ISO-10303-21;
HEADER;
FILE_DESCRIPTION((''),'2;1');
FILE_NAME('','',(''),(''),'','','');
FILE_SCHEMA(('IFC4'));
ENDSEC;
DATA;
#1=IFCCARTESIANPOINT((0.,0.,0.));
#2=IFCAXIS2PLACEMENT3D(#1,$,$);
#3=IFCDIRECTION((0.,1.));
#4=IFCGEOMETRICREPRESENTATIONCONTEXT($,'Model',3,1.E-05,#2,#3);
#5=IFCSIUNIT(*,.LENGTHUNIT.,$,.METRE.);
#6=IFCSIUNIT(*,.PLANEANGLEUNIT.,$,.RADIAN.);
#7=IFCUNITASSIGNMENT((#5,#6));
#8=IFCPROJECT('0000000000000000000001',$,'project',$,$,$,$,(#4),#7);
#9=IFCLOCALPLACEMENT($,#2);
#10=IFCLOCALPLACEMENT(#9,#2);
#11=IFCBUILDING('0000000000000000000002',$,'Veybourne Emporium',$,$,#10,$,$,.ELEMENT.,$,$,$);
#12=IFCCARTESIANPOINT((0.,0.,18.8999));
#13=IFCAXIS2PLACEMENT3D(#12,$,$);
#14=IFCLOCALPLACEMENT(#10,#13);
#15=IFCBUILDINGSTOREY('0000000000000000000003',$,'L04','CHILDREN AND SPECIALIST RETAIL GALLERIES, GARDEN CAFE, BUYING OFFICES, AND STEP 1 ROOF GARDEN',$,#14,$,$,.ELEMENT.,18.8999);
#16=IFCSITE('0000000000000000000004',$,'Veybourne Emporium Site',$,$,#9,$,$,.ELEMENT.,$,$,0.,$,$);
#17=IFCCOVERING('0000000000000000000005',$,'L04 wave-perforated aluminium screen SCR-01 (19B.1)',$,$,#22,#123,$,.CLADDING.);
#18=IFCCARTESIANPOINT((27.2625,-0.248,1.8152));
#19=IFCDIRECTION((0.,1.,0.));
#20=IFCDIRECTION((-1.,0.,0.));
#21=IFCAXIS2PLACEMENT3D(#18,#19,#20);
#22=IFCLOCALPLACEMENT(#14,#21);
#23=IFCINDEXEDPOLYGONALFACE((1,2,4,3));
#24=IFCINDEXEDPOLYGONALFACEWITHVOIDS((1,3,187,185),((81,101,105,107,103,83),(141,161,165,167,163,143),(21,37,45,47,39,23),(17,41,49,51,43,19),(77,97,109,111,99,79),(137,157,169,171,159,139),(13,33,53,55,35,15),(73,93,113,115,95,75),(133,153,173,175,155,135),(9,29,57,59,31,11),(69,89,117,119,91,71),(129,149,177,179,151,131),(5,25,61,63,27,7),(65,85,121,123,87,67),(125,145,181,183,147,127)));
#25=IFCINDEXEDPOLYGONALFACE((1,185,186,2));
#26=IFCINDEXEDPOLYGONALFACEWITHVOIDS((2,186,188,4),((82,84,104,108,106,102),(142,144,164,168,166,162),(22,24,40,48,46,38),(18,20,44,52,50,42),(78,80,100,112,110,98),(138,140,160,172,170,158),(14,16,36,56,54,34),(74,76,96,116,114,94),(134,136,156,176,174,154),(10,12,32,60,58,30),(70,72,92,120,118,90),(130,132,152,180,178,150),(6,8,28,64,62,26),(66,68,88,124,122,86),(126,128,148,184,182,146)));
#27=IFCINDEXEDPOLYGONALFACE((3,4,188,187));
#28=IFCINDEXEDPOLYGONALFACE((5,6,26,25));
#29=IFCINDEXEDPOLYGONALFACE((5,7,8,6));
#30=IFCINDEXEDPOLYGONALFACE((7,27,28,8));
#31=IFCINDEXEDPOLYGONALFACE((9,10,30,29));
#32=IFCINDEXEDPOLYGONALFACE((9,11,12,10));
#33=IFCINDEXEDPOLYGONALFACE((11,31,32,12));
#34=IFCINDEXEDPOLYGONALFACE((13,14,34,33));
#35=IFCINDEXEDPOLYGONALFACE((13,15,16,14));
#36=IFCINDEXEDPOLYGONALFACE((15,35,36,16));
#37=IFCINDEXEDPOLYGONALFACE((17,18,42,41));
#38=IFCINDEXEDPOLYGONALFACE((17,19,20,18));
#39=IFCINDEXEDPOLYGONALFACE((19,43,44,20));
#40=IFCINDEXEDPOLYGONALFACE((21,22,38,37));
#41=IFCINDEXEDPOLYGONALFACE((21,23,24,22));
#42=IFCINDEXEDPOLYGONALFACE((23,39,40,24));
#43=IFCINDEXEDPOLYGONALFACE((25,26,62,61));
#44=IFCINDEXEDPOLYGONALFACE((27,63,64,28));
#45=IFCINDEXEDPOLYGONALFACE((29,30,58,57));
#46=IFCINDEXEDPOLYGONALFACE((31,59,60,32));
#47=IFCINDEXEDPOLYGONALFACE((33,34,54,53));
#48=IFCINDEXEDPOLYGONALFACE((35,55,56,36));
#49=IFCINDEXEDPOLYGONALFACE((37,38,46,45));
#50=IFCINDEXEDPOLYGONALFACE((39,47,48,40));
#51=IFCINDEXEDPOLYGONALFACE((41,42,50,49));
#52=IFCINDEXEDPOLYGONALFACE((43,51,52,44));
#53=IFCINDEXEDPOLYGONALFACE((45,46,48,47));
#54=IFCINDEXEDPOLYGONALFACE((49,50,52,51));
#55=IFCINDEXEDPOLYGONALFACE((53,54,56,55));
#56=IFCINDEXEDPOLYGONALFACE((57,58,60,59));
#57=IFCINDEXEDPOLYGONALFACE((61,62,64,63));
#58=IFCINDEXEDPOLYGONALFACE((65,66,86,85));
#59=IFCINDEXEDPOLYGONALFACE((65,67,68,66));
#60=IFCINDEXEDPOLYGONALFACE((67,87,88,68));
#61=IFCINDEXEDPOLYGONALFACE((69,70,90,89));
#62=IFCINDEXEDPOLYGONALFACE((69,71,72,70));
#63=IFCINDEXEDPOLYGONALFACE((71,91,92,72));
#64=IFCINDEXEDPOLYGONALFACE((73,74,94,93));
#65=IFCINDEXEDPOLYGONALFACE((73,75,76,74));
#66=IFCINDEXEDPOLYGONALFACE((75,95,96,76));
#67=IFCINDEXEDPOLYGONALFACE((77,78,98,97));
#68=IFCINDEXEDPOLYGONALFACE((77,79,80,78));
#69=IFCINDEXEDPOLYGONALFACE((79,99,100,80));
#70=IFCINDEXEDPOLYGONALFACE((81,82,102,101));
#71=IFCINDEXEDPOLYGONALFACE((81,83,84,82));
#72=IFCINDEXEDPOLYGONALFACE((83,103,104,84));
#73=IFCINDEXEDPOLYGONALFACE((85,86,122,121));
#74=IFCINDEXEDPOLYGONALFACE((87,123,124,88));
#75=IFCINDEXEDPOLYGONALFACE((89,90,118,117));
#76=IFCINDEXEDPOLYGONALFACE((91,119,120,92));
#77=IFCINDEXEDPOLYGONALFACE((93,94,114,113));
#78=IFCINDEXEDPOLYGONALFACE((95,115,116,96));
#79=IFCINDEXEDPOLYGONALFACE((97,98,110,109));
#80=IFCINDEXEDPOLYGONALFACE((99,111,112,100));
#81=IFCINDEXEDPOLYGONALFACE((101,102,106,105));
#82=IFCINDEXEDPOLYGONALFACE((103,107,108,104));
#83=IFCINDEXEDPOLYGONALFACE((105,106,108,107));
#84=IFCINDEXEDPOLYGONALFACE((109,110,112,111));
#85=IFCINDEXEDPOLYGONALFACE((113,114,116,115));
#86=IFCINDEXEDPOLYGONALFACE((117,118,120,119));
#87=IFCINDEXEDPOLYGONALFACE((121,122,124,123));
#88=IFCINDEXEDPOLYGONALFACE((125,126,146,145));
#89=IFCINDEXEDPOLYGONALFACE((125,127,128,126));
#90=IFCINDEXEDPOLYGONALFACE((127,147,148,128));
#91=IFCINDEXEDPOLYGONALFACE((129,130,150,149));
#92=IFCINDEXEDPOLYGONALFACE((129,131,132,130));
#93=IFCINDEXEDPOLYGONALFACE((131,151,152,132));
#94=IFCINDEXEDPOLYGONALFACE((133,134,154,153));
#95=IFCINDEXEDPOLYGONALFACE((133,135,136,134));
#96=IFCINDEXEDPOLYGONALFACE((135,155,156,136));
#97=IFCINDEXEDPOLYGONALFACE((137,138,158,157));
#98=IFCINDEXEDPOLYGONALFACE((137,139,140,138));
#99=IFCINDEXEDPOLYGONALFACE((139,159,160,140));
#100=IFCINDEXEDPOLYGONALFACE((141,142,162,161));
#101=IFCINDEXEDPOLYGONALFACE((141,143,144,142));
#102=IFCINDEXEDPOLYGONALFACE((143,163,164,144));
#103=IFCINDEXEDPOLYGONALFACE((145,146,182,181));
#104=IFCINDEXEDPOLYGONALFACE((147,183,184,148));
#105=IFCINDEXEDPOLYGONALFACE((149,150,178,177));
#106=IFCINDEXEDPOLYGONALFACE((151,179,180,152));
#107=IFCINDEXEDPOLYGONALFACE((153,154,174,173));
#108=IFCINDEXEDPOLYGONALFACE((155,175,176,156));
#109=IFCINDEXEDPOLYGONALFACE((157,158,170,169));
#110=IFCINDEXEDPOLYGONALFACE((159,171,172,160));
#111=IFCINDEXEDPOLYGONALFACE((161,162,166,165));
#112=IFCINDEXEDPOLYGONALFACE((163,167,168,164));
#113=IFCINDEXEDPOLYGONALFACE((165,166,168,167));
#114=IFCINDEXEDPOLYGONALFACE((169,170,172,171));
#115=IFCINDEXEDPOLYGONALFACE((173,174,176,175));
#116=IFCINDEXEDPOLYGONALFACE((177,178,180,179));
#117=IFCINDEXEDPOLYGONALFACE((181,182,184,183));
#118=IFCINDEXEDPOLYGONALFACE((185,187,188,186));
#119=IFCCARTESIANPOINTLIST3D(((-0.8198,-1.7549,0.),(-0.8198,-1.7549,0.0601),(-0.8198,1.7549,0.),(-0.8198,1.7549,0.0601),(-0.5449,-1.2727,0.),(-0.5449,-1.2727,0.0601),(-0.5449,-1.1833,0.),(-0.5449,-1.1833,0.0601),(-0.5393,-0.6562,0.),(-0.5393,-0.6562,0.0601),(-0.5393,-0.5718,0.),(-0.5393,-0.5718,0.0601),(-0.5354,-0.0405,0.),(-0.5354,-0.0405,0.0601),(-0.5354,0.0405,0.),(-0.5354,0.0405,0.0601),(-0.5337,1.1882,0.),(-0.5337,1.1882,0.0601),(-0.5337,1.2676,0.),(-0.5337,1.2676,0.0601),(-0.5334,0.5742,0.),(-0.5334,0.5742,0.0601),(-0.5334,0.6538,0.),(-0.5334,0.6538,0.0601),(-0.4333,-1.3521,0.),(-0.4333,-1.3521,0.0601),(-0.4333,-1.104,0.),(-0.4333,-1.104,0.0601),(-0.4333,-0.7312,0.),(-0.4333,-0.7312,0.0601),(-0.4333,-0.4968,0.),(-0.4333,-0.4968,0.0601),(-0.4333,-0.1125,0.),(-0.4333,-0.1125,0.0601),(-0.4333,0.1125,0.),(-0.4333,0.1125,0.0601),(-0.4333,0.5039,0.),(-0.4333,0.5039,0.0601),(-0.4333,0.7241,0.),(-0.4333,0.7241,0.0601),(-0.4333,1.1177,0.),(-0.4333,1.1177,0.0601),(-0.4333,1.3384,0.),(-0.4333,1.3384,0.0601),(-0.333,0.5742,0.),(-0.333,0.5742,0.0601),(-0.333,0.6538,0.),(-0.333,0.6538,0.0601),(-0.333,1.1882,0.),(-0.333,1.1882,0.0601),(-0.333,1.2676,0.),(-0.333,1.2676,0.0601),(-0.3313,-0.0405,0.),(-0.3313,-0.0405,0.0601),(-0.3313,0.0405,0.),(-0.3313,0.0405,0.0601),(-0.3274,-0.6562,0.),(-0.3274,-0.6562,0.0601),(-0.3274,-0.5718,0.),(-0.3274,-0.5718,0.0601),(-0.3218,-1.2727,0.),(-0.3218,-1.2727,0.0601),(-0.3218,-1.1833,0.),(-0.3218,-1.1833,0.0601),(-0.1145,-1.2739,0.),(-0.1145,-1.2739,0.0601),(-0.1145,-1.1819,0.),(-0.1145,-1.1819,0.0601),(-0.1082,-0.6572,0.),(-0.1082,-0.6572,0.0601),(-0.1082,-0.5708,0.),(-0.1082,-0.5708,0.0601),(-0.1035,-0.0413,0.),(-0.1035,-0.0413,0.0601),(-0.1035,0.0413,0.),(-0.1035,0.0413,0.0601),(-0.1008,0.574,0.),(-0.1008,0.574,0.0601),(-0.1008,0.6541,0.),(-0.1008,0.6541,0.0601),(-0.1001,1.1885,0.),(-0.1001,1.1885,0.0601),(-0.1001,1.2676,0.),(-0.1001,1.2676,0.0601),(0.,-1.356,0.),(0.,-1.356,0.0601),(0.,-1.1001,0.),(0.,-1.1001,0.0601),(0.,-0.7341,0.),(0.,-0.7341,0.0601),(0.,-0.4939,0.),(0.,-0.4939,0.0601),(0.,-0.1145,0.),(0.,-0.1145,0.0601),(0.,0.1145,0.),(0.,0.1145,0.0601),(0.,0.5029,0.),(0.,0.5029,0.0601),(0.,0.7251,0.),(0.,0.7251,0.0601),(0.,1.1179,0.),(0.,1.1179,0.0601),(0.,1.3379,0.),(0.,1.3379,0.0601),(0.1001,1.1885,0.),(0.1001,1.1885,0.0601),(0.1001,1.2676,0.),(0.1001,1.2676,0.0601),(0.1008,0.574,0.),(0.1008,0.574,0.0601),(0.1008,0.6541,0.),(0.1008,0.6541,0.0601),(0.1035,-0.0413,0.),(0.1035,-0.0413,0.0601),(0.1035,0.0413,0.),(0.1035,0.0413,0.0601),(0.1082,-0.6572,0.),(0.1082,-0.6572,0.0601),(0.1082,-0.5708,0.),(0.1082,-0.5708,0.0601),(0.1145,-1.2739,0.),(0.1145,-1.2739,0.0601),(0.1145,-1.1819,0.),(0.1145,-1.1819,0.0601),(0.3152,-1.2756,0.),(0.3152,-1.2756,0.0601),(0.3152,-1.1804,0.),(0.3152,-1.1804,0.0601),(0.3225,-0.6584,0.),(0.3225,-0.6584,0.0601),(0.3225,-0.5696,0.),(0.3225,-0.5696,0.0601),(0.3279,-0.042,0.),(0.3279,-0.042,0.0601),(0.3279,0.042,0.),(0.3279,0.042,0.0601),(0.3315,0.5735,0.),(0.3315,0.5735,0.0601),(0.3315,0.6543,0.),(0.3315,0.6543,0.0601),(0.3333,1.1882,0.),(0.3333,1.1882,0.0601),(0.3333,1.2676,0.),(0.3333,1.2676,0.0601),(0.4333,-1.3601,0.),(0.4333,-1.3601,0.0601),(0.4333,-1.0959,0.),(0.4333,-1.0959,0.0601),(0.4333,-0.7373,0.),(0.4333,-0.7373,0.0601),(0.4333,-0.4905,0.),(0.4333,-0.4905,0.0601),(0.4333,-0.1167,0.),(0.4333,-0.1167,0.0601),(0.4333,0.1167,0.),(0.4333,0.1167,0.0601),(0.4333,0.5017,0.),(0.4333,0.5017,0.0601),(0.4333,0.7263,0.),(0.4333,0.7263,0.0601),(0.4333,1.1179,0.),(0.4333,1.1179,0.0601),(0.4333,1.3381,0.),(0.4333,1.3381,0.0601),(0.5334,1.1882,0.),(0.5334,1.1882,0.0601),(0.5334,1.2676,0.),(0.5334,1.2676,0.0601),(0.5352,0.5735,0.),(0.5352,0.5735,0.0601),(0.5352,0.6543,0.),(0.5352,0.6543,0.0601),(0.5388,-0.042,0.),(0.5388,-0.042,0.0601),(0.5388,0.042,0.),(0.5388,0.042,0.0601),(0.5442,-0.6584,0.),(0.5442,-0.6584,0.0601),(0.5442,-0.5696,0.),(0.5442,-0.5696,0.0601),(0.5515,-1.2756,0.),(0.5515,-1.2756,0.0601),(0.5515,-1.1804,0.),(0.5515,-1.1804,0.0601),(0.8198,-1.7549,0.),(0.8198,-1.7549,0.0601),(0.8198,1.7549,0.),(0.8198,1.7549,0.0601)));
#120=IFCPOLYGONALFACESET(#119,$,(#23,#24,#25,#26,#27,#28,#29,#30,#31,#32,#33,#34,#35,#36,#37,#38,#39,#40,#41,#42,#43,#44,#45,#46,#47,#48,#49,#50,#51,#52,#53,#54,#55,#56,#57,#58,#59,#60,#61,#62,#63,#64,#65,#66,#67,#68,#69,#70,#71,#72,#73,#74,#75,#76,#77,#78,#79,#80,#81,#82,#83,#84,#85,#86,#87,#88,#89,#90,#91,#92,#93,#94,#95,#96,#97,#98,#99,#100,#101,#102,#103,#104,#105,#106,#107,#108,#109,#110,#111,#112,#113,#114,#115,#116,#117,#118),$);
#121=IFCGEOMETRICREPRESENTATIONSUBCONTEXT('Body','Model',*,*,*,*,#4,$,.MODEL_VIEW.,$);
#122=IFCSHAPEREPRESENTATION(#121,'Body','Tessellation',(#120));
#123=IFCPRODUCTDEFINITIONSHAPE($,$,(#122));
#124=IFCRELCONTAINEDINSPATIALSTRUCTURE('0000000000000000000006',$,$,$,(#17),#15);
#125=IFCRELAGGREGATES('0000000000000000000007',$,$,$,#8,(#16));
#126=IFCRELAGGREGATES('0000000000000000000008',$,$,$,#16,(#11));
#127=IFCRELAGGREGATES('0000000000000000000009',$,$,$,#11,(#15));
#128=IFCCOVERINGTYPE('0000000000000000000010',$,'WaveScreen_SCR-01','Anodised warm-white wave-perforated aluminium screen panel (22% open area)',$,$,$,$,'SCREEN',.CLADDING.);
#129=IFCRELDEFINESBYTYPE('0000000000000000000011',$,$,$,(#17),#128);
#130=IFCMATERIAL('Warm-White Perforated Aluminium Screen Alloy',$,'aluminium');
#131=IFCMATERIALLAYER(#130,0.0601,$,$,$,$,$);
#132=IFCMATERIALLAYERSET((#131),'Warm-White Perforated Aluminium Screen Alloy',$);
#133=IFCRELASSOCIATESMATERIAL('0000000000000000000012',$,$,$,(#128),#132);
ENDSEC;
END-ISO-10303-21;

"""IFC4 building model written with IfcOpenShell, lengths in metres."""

from ifc_helpers import new_model, si_unit, direction, frame, origin, place, context, subcontext, project, spatial, polyline, outline, extrude, material, layer, layer_set, type_object, element, save


model = new_model("IFC4")

# Units and contexts
model_context = context("Model", 3, precision=1e-05, world=origin(), true_north=direction((0.0, 1.0)))
body_context = subcontext(model_context, "Body", "Model", "MODEL_VIEW")
ifc_project = project(units=[si_unit("LENGTHUNIT", "METRE"), si_unit("PLANEANGLEUNIT", "RADIAN")], contexts=[model_context])

# Site, building, storey
site_placement = place(None, origin())
site = spatial("IfcSite", under=ifc_project, at=site_placement, Name="Veybourne Emporium Site", CompositionType="ELEMENT", RefElevation=0.0)
building_placement = place(site_placement, origin())
building = spatial("IfcBuilding", under=site, at=building_placement, Name="Veybourne Emporium", CompositionType="ELEMENT")
storey_placement = place(building_placement, frame((0.0, 0.0, 18.8999)))
storey = spatial("IfcBuildingStorey", under=building, at=storey_placement, Name="L04", Description="CHILDREN AND SPECIALIST RETAIL GALLERIES, GARDEN CAFE, BUYING OFFICES, AND STEP 1 ROOF GARDEN", CompositionType="ELEMENT", Elevation=18.8999)

# Covering
ifc_material_1 = material(Name="Warm-White Perforated Aluminium Screen Alloy", Category="aluminium")
ifc_layer_1 = layer(ifc_material_1, 0.0601)
ifc_layer_set_1 = layer_set([ifc_layer_1], Name="Warm-White Perforated Aluminium Screen Alloy")
covering_type_1 = type_object("IfcCoveringType", Name="WaveScreen_SCR-01", Description="Anodised warm-white wave-perforated aluminium screen panel (22% open area)", ElementType="SCREEN", PredefinedType="CLADDING", material=ifc_layer_set_1)
covering_1_placement = place(storey_placement, frame((27.2625, -0.248, 1.8152), z_axis=(0.0, 1.0, 0.0), x_axis=(-1.0, 0.0, 0.0)))
element("IfcCovering", 1, at=covering_1_placement, inside=storey, type_object=covering_type_1, Name="L04 wave-perforated aluminium screen SCR-01 (19B.1)", PredefinedType="CLADDING", context=body_context, shape_type="SweptSolid", body=[
    extrude(outline(polyline([(-0.8198, -1.7549), (0.8198, -1.7549), (0.8198, 1.7549), (-0.8198, 1.7549), (-0.8198, -1.7549)]), holes=[polyline([(-0.4333, -1.104), (-0.3218, -1.1833), (-0.3218, -1.2727), (-0.4333, -1.3521), (-0.5449, -1.2727), (-0.5449, -1.1833), (-0.4333, -1.104)]), polyline([(-0.4333, -0.4968), (-0.3274, -0.5718), (-0.3274, -0.6562), (-0.4333, -0.7312), (-0.5393, -0.6562), (-0.5393, -0.5718), (-0.4333, -0.4968)]), polyline([(-0.4333, 0.1125), (-0.3313, 0.0405), (-0.3313, -0.0405), (-0.4333, -0.1125), (-0.5354, -0.0405), (-0.5354, 0.0405), (-0.4333, 0.1125)]), polyline([(-0.4333, 0.7241), (-0.333, 0.6538), (-0.333, 0.5742), (-0.4333, 0.5039), (-0.5334, 0.5742), (-0.5334, 0.6538), (-0.4333, 0.7241)]), polyline([(-0.4333, 1.3384), (-0.333, 1.2676), (-0.333, 1.1882), (-0.4333, 1.1177), (-0.5337, 1.1882), (-0.5337, 1.2676), (-0.4333, 1.3384)]), polyline([(0.0, -1.1001), (0.1145, -1.1819), (0.1145, -1.2739), (0.0, -1.356), (-0.1145, -1.2739), (-0.1145, -1.1819), (0.0, -1.1001)]), polyline([(0.0, -0.4939), (0.1082, -0.5708), (0.1082, -0.6572), (0.0, -0.7341), (-0.1082, -0.6572), (-0.1082, -0.5708), (0.0, -0.4939)]), polyline([(0.0, 0.1145), (0.1035, 0.0413), (0.1035, -0.0413), (0.0, -0.1145), (-0.1035, -0.0413), (-0.1035, 0.0413), (0.0, 0.1145)]), polyline([(0.0, 0.7251), (0.1008, 0.6541), (0.1008, 0.574), (0.0, 0.5029), (-0.1008, 0.574), (-0.1008, 0.6541), (0.0, 0.7251)]), polyline([(0.0, 1.3379), (0.1001, 1.2676), (0.1001, 1.1885), (0.0, 1.1179), (-0.1001, 1.1885), (-0.1001, 1.2676), (0.0, 1.3379)]), polyline([(0.4333, -1.0959), (0.5515, -1.1804), (0.5515, -1.2756), (0.4333, -1.3601), (0.3152, -1.2756), (0.3152, -1.1804), (0.4333, -1.0959)]), polyline([(0.4333, -0.4905), (0.5442, -0.5696), (0.5442, -0.6584), (0.4333, -0.7373), (0.3225, -0.6584), (0.3225, -0.5696), (0.4333, -0.4905)]), polyline([(0.4333, 0.1167), (0.5388, 0.042), (0.5388, -0.042), (0.4333, -0.1167), (0.3279, -0.042), (0.3279, 0.042), (0.4333, 0.1167)]), polyline([(0.4333, 0.7263), (0.5352, 0.6543), (0.5352, 0.5735), (0.4333, 0.5017), (0.3315, 0.5735), (0.3315, 0.6543), (0.4333, 0.7263)]), polyline([(0.4333, 1.3381), (0.5334, 1.2676), (0.5334, 1.1882), (0.4333, 1.1179), (0.3333, 1.1882), (0.3333, 1.2676), (0.4333, 1.3381)])]), origin(), (0.0, 0.0, 1.0), 0.0601),
])

save(model, "model.ifc")
